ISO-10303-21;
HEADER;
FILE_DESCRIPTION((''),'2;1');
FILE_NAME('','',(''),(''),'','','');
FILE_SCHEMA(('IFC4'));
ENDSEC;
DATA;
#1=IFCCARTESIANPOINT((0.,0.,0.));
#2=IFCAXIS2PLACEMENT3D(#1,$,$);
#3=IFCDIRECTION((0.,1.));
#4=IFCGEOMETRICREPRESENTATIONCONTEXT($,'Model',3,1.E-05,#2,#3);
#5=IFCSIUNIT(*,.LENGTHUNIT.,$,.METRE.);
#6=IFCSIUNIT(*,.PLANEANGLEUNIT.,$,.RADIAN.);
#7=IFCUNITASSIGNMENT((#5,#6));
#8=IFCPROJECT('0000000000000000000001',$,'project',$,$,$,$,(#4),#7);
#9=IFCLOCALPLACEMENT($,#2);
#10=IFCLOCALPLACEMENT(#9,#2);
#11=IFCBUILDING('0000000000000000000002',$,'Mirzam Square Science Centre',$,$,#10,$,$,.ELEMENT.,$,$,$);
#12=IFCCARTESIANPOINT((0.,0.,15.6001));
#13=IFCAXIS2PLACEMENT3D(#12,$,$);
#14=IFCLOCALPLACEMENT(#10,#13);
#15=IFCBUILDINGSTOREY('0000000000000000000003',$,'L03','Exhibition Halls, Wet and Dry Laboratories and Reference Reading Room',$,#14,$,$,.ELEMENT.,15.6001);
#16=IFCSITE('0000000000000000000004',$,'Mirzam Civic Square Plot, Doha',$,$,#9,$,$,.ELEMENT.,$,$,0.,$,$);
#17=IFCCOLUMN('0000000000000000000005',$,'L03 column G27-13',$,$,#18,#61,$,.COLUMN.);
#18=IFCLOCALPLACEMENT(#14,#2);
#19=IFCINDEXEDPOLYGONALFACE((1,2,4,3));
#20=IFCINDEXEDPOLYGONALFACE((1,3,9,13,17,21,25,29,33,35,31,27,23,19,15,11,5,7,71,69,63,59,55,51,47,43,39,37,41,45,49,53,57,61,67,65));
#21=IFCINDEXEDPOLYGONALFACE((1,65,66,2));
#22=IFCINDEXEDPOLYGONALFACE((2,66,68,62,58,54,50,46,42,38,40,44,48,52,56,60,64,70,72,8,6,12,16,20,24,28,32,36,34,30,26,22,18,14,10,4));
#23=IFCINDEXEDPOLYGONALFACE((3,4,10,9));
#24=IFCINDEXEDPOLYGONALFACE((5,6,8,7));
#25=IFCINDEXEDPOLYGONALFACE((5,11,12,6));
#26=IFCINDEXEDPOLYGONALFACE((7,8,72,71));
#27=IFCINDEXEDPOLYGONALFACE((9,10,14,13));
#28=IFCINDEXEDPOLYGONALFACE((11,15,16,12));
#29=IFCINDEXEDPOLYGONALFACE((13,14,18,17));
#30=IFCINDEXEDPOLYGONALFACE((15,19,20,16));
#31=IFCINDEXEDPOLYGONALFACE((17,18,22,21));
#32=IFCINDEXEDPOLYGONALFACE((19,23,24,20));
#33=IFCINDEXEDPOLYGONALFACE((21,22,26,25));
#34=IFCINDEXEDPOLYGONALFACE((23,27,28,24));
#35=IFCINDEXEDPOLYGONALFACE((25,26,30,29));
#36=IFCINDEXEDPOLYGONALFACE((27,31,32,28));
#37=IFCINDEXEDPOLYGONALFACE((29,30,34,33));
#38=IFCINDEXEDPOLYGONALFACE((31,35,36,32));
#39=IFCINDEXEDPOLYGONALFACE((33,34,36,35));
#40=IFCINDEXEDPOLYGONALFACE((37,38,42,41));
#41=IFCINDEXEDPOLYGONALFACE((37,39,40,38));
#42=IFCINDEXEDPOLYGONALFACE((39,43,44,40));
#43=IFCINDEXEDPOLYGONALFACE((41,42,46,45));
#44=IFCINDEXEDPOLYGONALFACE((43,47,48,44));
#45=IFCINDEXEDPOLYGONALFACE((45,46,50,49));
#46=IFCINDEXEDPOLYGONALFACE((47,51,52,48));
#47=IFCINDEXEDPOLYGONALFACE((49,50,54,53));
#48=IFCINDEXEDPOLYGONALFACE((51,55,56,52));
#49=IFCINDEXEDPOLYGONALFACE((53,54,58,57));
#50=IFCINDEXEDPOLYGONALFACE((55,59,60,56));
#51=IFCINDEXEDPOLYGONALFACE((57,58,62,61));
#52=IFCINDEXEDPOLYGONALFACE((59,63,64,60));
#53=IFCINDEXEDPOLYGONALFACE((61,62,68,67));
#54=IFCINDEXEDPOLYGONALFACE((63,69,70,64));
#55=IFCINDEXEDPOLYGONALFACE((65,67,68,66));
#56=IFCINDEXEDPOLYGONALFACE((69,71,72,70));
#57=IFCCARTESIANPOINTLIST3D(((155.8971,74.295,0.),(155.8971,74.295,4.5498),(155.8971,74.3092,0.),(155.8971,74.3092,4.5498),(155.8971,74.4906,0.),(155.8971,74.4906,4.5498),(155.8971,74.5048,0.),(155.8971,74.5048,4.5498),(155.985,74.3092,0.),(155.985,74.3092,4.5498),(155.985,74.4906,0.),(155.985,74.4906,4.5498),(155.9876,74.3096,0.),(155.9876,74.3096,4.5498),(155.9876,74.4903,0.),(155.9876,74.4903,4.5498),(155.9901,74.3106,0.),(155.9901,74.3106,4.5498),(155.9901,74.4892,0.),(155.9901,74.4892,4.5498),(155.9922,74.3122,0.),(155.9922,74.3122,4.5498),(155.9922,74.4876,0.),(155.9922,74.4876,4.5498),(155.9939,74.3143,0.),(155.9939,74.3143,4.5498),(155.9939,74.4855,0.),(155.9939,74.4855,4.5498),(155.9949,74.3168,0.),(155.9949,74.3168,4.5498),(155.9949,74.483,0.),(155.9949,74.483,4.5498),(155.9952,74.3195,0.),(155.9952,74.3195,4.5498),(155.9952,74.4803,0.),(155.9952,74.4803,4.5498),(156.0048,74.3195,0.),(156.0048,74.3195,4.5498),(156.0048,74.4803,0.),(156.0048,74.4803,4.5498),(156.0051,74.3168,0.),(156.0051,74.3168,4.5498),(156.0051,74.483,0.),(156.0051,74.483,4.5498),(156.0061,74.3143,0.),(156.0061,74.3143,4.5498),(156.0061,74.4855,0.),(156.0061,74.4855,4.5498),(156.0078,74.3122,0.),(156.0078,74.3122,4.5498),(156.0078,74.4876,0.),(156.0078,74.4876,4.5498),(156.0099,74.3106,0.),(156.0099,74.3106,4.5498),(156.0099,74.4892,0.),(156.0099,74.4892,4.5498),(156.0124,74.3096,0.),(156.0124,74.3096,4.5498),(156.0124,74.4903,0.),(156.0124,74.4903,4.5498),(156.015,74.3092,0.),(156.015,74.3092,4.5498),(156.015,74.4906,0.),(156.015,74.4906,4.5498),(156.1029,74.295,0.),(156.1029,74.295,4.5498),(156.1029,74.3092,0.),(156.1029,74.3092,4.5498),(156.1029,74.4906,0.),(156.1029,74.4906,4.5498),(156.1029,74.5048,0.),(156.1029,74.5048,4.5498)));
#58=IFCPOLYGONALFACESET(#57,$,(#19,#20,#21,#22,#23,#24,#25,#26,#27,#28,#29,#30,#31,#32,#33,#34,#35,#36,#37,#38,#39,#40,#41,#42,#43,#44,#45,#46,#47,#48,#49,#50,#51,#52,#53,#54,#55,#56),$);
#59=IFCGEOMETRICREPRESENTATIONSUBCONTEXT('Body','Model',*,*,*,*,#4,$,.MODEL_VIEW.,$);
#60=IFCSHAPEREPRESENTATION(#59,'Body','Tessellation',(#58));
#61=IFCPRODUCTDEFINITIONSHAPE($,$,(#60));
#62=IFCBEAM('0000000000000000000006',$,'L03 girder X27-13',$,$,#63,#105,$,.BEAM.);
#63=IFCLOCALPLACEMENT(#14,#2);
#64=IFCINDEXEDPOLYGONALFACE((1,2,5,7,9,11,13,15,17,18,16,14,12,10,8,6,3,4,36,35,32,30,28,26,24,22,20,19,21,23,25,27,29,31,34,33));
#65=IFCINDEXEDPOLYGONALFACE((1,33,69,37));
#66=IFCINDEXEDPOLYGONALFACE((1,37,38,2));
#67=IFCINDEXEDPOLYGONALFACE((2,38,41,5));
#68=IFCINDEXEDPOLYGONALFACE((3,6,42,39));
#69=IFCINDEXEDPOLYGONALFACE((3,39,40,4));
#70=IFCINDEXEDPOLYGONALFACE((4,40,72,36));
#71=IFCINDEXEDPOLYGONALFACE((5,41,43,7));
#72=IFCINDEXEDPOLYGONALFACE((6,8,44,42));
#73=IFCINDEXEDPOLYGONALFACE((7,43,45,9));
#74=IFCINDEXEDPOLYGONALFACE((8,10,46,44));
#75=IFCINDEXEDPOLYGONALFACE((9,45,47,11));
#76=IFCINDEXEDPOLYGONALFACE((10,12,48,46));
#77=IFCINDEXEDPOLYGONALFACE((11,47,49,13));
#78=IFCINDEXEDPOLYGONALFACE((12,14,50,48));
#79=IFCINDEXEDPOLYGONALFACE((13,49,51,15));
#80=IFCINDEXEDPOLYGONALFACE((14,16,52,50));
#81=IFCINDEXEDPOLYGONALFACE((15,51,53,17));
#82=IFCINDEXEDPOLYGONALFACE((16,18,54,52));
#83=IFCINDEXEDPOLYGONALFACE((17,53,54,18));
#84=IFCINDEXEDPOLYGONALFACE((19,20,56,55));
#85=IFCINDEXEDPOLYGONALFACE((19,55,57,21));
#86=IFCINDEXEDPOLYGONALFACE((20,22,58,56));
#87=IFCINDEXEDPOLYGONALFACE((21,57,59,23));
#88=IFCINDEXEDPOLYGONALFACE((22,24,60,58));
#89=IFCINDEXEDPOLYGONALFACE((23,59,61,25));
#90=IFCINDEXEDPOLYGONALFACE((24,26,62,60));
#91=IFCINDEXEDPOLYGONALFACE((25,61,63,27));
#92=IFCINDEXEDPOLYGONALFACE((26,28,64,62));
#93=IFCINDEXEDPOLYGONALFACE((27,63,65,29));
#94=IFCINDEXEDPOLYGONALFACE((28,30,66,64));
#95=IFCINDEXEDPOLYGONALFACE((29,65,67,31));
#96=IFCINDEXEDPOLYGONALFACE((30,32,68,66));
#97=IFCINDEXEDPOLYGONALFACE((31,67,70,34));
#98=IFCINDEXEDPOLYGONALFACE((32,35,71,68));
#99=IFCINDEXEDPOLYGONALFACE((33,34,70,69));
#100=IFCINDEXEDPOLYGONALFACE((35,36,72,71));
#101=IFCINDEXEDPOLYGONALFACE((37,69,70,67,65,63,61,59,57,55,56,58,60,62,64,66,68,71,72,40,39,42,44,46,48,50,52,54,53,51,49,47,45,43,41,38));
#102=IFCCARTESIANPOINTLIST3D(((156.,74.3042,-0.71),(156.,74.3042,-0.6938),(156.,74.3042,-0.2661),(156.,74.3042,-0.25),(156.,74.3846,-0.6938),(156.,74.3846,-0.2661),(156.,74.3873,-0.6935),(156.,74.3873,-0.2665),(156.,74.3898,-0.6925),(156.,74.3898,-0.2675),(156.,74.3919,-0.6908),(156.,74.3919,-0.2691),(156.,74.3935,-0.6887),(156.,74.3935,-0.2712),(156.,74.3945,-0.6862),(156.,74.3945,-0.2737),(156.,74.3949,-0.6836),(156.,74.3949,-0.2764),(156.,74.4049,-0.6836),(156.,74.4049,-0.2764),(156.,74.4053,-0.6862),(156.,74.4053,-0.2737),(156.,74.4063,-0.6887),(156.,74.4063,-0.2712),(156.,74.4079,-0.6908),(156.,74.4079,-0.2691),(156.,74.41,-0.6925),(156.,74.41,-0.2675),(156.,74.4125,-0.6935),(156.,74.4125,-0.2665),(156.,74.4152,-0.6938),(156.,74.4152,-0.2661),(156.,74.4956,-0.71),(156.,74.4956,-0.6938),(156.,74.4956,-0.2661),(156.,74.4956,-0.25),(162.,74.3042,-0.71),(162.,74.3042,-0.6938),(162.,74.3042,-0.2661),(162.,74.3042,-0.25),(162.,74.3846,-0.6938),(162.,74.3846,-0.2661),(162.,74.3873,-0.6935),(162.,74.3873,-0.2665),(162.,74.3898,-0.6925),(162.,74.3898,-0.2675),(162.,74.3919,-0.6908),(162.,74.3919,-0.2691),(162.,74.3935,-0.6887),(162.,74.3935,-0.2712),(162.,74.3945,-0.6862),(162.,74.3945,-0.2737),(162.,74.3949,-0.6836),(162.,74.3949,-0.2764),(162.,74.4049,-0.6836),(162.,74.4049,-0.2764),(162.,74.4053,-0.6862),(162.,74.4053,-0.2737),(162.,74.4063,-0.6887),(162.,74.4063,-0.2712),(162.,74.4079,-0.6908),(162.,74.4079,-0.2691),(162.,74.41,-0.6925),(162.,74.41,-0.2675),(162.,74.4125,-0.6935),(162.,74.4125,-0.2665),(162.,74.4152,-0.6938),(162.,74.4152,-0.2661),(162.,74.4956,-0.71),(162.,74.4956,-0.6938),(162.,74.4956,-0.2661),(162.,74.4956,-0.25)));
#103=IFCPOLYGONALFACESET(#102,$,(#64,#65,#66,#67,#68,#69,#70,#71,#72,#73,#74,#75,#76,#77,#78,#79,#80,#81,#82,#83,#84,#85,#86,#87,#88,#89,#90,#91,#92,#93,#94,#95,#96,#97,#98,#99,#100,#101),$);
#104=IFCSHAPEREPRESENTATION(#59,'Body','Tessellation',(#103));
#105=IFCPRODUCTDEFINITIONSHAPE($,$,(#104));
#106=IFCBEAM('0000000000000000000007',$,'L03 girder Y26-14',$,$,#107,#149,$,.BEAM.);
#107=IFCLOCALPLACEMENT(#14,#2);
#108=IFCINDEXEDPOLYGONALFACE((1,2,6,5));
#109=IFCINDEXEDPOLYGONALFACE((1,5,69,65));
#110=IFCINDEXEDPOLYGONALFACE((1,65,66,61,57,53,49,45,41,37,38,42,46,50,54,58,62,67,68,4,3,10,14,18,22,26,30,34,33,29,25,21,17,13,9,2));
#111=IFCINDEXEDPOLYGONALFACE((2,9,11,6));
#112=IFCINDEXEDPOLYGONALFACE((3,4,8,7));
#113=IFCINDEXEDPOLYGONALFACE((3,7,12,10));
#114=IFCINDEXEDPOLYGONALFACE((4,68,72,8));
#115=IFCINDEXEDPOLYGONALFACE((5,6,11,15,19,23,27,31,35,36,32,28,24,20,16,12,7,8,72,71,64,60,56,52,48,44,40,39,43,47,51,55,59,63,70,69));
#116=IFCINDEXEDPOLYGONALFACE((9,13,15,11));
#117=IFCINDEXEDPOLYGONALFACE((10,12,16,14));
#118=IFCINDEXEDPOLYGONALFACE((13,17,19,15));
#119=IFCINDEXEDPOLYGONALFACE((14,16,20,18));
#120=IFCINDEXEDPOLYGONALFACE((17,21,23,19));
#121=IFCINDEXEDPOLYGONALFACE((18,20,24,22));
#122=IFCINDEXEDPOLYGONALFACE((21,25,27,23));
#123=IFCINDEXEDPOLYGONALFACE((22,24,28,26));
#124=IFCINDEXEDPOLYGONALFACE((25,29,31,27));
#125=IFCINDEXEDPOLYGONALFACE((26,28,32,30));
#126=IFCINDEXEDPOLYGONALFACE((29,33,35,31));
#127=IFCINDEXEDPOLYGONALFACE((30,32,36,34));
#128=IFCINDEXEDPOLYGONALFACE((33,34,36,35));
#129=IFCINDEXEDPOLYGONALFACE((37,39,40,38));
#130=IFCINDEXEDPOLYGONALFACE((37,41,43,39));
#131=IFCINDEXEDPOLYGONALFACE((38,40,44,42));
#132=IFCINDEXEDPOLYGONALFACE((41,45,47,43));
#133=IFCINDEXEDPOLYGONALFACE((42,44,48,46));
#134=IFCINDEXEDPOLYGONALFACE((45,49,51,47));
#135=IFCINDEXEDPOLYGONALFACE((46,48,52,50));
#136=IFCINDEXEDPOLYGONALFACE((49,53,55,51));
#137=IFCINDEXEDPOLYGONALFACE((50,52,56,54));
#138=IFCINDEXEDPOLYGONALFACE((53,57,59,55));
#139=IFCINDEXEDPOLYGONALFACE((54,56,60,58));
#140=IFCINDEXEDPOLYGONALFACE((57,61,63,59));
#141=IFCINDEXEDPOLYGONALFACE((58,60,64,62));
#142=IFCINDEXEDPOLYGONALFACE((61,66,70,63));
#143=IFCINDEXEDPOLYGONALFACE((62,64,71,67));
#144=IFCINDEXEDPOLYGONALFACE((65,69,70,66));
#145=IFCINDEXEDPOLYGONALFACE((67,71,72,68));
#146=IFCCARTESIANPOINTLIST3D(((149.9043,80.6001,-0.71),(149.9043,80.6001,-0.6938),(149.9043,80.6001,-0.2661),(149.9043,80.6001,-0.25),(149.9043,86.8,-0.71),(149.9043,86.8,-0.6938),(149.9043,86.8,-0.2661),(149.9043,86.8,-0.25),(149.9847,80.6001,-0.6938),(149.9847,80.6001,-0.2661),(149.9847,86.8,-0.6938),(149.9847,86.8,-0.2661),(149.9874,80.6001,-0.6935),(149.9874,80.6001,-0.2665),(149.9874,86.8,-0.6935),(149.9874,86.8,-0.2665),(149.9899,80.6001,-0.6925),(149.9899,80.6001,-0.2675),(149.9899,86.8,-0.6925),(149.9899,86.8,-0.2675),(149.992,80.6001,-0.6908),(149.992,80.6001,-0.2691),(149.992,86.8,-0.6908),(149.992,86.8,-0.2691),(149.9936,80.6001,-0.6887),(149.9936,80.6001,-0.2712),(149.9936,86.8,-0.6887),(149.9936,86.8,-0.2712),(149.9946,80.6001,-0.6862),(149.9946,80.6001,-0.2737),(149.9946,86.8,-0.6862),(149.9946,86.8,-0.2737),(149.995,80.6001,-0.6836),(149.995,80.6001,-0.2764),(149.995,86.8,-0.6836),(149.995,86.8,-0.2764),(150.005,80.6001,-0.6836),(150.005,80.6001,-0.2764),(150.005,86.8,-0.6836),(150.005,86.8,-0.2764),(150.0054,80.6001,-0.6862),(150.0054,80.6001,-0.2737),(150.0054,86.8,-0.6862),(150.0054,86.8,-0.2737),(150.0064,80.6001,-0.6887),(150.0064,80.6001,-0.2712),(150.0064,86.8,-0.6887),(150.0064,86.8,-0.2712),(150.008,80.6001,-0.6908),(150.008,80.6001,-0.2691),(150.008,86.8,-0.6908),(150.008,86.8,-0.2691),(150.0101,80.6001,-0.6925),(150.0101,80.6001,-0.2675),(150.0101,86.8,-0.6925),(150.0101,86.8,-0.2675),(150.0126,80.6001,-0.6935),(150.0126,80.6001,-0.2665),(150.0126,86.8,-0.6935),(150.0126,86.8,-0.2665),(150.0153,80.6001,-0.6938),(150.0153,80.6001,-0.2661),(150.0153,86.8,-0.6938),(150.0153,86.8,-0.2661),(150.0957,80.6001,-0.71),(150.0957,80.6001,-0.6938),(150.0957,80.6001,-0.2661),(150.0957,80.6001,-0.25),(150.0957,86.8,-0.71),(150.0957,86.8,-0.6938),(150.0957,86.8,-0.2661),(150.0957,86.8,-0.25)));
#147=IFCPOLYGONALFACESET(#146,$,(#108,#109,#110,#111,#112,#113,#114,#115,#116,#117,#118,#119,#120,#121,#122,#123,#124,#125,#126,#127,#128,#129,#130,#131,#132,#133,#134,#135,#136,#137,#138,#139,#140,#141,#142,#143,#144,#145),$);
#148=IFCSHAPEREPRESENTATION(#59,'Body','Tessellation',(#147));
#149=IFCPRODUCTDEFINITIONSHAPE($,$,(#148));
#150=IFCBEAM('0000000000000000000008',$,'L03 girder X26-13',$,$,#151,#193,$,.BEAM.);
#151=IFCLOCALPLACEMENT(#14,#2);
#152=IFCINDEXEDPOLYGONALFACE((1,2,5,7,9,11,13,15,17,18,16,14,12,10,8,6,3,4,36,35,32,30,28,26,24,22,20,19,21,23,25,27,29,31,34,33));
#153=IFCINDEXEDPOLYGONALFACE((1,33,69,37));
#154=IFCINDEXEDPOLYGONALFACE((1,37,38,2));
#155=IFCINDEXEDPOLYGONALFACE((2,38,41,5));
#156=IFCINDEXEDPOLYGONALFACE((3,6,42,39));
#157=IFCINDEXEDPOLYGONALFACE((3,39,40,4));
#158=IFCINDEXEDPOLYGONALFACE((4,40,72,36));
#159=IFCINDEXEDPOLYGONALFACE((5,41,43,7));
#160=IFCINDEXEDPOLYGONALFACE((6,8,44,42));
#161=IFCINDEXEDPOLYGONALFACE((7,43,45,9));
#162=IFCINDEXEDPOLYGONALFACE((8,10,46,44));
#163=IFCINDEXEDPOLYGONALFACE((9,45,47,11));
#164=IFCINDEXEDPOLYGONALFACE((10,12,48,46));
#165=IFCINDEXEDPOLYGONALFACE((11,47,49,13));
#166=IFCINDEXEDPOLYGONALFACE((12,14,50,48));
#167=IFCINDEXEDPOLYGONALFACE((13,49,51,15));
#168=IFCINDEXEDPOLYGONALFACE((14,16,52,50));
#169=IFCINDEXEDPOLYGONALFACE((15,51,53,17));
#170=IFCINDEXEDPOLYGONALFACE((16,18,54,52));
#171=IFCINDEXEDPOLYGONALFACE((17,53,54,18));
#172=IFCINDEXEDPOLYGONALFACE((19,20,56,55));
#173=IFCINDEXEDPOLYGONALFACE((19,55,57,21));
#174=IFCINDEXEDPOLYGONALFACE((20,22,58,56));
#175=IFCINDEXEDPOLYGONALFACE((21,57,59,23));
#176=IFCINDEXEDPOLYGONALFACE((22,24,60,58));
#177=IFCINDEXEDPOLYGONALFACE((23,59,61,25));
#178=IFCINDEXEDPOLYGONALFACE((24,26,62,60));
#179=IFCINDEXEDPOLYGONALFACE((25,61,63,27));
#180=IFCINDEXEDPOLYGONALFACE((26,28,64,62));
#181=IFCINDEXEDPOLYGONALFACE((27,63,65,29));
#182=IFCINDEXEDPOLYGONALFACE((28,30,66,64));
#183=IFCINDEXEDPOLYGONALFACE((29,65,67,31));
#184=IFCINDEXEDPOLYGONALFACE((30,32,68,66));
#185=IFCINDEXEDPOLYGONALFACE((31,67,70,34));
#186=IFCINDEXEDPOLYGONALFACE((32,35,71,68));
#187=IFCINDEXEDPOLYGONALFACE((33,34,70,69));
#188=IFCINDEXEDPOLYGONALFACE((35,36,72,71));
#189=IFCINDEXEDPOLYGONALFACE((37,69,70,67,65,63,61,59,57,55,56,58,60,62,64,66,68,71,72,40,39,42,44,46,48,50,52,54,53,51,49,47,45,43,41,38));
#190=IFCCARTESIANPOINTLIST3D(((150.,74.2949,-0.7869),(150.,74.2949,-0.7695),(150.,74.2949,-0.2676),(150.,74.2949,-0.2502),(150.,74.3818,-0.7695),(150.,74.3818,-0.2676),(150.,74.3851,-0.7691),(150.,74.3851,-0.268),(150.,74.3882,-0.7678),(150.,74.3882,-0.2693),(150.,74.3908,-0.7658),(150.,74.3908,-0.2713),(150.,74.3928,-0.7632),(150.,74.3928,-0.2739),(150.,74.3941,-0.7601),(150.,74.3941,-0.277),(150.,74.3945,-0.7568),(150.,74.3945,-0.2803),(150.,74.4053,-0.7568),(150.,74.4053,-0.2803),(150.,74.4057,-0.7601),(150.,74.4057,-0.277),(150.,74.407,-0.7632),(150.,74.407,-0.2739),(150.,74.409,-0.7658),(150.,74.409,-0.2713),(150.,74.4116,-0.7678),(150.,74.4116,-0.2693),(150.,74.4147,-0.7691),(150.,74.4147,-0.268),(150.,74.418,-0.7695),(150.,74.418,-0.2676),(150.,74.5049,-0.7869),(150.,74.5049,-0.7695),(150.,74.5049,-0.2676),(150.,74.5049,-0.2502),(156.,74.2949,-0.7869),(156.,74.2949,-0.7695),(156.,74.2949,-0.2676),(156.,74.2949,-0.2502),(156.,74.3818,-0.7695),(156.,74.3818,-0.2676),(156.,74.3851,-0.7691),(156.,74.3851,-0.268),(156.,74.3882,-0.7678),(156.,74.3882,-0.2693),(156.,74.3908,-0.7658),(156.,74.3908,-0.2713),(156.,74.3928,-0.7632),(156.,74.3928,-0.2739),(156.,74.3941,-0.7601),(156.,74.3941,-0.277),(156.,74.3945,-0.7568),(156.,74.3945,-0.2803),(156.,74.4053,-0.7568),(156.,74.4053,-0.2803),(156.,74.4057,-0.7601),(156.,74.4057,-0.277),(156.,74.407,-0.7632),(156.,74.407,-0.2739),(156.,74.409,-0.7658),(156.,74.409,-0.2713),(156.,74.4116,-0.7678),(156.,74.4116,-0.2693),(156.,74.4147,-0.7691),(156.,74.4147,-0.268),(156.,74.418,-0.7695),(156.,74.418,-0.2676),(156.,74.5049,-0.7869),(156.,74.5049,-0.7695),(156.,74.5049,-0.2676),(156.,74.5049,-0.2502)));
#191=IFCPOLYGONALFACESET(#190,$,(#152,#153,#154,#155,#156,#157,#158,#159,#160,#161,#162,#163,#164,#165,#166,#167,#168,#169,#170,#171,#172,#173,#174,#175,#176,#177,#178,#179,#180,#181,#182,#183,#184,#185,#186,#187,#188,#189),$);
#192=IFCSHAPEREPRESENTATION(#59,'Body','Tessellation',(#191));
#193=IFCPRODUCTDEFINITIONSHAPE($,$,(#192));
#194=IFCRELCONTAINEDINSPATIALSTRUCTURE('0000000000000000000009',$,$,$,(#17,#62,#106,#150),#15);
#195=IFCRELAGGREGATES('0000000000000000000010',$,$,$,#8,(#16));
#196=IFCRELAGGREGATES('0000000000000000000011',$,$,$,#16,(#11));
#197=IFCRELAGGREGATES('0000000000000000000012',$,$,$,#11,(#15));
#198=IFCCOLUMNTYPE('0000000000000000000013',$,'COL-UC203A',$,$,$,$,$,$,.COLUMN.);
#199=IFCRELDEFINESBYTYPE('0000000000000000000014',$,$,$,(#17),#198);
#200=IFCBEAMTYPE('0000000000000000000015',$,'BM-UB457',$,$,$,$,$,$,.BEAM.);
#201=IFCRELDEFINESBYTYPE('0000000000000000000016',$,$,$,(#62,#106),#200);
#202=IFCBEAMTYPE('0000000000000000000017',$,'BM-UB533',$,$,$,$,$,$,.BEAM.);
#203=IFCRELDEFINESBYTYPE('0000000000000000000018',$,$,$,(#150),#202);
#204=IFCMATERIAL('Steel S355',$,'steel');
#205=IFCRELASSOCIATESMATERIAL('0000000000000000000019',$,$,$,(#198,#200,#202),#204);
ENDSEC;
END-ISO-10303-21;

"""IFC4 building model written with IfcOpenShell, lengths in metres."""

from ifc_helpers import new_model, si_unit, direction, frame, origin, origin_2d, place, context, subcontext, project, spatial, i_section, extrude, material, material_profile, profile_set, type_object, element, save


model = new_model("IFC4")

# Units and contexts
model_context = context("Model", 3, precision=1e-05, world=origin(), true_north=direction((0.0, 1.0)))
body_context = subcontext(model_context, "Body", "Model", "MODEL_VIEW")
ifc_project = project(units=[si_unit("LENGTHUNIT", "METRE"), si_unit("PLANEANGLEUNIT", "RADIAN")], contexts=[model_context])

# Site, building, storey
site_placement = place(None, origin())
site = spatial("IfcSite", under=ifc_project, at=site_placement, Name="Mirzam Civic Square Plot, Doha", CompositionType="ELEMENT", RefElevation=0.0)
building_placement = place(site_placement, origin())
building = spatial("IfcBuilding", under=site, at=building_placement, Name="Mirzam Square Science Centre", CompositionType="ELEMENT")
storey_placement = place(building_placement, frame((0.0, 0.0, 15.6001)))
storey = spatial("IfcBuildingStorey", under=building, at=storey_placement, Name="L03", Description="Exhibition Halls, Wet and Dry Laboratories and Reference Reading Room", CompositionType="ELEMENT", Elevation=15.6001)

# Column
ifc_material_1 = material(Name="Steel S355", Category="steel")
ifc_material_profile_1 = material_profile(ifc_material_1, i_section(OverallWidth=0.2058, OverallDepth=0.2097, WebThickness=0.0095, FlangeThickness=0.0142, FilletRadius=0.0103, at=origin_2d()), Name="203x203x60UC")
ifc_profile_set_1 = profile_set([ifc_material_profile_1], Name="Steel S355")
column_type_1 = type_object("IfcColumnType", Name="COL-UC203A", PredefinedType="COLUMN", material=ifc_profile_set_1)
column_1_placement = place(storey_placement, frame((156.0, 74.3999, 0.0), z_axis=(0.0, 0.0, 1.0), x_axis=(1.0, 0.0, 0.0)))
element("IfcColumn", 1, at=column_1_placement, inside=storey, type_object=column_type_1, Name="L03 column G27-13", PredefinedType="COLUMN", context=body_context, shape_type="SweptSolid", body=[
    extrude(i_section(OverallWidth=0.2058, OverallDepth=0.2097, WebThickness=0.0095, FlangeThickness=0.0142, FilletRadius=0.0103, at=origin_2d()), origin(), (0.0, 0.0, 1.0), 4.5498),
])

# Beams
ifc_material_profile_2 = material_profile(ifc_material_1, i_section(OverallWidth=0.1914, OverallDepth=0.46, WebThickness=0.01, FlangeThickness=0.0161, FilletRadius=0.0103, at=origin_2d()), Name="457x191x82UB")
ifc_profile_set_2 = profile_set([ifc_material_profile_2], Name="Steel S355")
beam_type_1 = type_object("IfcBeamType", Name="BM-UB457", PredefinedType="BEAM", material=ifc_profile_set_2)
beam_1_placement = place(storey_placement, frame((156.0, 74.3999, -0.48), z_axis=(1.0, 0.0, 0.0), x_axis=(0.0, 1.0, 0.0)))
element("IfcBeam", 2, at=beam_1_placement, inside=storey, type_object=beam_type_1, Name="L03 girder X27-13", PredefinedType="BEAM", context=body_context, shape_type="SweptSolid", body=[
    extrude(i_section(OverallWidth=0.1914, OverallDepth=0.46, WebThickness=0.01, FlangeThickness=0.0161, FilletRadius=0.0103, at=origin_2d()), origin(), (0.0, 0.0, 1.0), 6.0),
])
beam_2_placement = place(storey_placement, frame((150.0, 80.6001, -0.48), z_axis=(0.0, 1.0, 0.0), x_axis=(-1.0, 0.0, 0.0)))
element("IfcBeam", 3, at=beam_2_placement, inside=storey, type_object=beam_type_1, Name="L03 girder Y26-14", PredefinedType="BEAM", context=body_context, shape_type="SweptSolid", body=[
    extrude(i_section(OverallWidth=0.1914, OverallDepth=0.46, WebThickness=0.01, FlangeThickness=0.0161, FilletRadius=0.0103, at=origin_2d()), origin(), (0.0, 0.0, 1.0), 6.2),
])
ifc_material_profile_3 = material_profile(ifc_material_1, i_section(OverallWidth=0.21, OverallDepth=0.5366, WebThickness=0.0107, FlangeThickness=0.0173, FilletRadius=0.0127, at=origin_2d()), Name="533x210x101UB")
ifc_profile_set_3 = profile_set([ifc_material_profile_3], Name="Steel S355")
beam_type_2 = type_object("IfcBeamType", Name="BM-UB533", PredefinedType="BEAM", material=ifc_profile_set_3)
beam_3_placement = place(storey_placement, frame((150.0, 74.3999, -0.5186), z_axis=(1.0, 0.0, 0.0), x_axis=(0.0, 1.0, 0.0)))
element("IfcBeam", 4, at=beam_3_placement, inside=storey, type_object=beam_type_2, Name="L03 girder X26-13", PredefinedType="BEAM", context=body_context, shape_type="SweptSolid", body=[
    extrude(i_section(OverallWidth=0.21, OverallDepth=0.5366, WebThickness=0.0107, FlangeThickness=0.0173, FilletRadius=0.0127, at=origin_2d()), origin(), (0.0, 0.0, 1.0), 6.0),
])

save(model, "model.ifc")
